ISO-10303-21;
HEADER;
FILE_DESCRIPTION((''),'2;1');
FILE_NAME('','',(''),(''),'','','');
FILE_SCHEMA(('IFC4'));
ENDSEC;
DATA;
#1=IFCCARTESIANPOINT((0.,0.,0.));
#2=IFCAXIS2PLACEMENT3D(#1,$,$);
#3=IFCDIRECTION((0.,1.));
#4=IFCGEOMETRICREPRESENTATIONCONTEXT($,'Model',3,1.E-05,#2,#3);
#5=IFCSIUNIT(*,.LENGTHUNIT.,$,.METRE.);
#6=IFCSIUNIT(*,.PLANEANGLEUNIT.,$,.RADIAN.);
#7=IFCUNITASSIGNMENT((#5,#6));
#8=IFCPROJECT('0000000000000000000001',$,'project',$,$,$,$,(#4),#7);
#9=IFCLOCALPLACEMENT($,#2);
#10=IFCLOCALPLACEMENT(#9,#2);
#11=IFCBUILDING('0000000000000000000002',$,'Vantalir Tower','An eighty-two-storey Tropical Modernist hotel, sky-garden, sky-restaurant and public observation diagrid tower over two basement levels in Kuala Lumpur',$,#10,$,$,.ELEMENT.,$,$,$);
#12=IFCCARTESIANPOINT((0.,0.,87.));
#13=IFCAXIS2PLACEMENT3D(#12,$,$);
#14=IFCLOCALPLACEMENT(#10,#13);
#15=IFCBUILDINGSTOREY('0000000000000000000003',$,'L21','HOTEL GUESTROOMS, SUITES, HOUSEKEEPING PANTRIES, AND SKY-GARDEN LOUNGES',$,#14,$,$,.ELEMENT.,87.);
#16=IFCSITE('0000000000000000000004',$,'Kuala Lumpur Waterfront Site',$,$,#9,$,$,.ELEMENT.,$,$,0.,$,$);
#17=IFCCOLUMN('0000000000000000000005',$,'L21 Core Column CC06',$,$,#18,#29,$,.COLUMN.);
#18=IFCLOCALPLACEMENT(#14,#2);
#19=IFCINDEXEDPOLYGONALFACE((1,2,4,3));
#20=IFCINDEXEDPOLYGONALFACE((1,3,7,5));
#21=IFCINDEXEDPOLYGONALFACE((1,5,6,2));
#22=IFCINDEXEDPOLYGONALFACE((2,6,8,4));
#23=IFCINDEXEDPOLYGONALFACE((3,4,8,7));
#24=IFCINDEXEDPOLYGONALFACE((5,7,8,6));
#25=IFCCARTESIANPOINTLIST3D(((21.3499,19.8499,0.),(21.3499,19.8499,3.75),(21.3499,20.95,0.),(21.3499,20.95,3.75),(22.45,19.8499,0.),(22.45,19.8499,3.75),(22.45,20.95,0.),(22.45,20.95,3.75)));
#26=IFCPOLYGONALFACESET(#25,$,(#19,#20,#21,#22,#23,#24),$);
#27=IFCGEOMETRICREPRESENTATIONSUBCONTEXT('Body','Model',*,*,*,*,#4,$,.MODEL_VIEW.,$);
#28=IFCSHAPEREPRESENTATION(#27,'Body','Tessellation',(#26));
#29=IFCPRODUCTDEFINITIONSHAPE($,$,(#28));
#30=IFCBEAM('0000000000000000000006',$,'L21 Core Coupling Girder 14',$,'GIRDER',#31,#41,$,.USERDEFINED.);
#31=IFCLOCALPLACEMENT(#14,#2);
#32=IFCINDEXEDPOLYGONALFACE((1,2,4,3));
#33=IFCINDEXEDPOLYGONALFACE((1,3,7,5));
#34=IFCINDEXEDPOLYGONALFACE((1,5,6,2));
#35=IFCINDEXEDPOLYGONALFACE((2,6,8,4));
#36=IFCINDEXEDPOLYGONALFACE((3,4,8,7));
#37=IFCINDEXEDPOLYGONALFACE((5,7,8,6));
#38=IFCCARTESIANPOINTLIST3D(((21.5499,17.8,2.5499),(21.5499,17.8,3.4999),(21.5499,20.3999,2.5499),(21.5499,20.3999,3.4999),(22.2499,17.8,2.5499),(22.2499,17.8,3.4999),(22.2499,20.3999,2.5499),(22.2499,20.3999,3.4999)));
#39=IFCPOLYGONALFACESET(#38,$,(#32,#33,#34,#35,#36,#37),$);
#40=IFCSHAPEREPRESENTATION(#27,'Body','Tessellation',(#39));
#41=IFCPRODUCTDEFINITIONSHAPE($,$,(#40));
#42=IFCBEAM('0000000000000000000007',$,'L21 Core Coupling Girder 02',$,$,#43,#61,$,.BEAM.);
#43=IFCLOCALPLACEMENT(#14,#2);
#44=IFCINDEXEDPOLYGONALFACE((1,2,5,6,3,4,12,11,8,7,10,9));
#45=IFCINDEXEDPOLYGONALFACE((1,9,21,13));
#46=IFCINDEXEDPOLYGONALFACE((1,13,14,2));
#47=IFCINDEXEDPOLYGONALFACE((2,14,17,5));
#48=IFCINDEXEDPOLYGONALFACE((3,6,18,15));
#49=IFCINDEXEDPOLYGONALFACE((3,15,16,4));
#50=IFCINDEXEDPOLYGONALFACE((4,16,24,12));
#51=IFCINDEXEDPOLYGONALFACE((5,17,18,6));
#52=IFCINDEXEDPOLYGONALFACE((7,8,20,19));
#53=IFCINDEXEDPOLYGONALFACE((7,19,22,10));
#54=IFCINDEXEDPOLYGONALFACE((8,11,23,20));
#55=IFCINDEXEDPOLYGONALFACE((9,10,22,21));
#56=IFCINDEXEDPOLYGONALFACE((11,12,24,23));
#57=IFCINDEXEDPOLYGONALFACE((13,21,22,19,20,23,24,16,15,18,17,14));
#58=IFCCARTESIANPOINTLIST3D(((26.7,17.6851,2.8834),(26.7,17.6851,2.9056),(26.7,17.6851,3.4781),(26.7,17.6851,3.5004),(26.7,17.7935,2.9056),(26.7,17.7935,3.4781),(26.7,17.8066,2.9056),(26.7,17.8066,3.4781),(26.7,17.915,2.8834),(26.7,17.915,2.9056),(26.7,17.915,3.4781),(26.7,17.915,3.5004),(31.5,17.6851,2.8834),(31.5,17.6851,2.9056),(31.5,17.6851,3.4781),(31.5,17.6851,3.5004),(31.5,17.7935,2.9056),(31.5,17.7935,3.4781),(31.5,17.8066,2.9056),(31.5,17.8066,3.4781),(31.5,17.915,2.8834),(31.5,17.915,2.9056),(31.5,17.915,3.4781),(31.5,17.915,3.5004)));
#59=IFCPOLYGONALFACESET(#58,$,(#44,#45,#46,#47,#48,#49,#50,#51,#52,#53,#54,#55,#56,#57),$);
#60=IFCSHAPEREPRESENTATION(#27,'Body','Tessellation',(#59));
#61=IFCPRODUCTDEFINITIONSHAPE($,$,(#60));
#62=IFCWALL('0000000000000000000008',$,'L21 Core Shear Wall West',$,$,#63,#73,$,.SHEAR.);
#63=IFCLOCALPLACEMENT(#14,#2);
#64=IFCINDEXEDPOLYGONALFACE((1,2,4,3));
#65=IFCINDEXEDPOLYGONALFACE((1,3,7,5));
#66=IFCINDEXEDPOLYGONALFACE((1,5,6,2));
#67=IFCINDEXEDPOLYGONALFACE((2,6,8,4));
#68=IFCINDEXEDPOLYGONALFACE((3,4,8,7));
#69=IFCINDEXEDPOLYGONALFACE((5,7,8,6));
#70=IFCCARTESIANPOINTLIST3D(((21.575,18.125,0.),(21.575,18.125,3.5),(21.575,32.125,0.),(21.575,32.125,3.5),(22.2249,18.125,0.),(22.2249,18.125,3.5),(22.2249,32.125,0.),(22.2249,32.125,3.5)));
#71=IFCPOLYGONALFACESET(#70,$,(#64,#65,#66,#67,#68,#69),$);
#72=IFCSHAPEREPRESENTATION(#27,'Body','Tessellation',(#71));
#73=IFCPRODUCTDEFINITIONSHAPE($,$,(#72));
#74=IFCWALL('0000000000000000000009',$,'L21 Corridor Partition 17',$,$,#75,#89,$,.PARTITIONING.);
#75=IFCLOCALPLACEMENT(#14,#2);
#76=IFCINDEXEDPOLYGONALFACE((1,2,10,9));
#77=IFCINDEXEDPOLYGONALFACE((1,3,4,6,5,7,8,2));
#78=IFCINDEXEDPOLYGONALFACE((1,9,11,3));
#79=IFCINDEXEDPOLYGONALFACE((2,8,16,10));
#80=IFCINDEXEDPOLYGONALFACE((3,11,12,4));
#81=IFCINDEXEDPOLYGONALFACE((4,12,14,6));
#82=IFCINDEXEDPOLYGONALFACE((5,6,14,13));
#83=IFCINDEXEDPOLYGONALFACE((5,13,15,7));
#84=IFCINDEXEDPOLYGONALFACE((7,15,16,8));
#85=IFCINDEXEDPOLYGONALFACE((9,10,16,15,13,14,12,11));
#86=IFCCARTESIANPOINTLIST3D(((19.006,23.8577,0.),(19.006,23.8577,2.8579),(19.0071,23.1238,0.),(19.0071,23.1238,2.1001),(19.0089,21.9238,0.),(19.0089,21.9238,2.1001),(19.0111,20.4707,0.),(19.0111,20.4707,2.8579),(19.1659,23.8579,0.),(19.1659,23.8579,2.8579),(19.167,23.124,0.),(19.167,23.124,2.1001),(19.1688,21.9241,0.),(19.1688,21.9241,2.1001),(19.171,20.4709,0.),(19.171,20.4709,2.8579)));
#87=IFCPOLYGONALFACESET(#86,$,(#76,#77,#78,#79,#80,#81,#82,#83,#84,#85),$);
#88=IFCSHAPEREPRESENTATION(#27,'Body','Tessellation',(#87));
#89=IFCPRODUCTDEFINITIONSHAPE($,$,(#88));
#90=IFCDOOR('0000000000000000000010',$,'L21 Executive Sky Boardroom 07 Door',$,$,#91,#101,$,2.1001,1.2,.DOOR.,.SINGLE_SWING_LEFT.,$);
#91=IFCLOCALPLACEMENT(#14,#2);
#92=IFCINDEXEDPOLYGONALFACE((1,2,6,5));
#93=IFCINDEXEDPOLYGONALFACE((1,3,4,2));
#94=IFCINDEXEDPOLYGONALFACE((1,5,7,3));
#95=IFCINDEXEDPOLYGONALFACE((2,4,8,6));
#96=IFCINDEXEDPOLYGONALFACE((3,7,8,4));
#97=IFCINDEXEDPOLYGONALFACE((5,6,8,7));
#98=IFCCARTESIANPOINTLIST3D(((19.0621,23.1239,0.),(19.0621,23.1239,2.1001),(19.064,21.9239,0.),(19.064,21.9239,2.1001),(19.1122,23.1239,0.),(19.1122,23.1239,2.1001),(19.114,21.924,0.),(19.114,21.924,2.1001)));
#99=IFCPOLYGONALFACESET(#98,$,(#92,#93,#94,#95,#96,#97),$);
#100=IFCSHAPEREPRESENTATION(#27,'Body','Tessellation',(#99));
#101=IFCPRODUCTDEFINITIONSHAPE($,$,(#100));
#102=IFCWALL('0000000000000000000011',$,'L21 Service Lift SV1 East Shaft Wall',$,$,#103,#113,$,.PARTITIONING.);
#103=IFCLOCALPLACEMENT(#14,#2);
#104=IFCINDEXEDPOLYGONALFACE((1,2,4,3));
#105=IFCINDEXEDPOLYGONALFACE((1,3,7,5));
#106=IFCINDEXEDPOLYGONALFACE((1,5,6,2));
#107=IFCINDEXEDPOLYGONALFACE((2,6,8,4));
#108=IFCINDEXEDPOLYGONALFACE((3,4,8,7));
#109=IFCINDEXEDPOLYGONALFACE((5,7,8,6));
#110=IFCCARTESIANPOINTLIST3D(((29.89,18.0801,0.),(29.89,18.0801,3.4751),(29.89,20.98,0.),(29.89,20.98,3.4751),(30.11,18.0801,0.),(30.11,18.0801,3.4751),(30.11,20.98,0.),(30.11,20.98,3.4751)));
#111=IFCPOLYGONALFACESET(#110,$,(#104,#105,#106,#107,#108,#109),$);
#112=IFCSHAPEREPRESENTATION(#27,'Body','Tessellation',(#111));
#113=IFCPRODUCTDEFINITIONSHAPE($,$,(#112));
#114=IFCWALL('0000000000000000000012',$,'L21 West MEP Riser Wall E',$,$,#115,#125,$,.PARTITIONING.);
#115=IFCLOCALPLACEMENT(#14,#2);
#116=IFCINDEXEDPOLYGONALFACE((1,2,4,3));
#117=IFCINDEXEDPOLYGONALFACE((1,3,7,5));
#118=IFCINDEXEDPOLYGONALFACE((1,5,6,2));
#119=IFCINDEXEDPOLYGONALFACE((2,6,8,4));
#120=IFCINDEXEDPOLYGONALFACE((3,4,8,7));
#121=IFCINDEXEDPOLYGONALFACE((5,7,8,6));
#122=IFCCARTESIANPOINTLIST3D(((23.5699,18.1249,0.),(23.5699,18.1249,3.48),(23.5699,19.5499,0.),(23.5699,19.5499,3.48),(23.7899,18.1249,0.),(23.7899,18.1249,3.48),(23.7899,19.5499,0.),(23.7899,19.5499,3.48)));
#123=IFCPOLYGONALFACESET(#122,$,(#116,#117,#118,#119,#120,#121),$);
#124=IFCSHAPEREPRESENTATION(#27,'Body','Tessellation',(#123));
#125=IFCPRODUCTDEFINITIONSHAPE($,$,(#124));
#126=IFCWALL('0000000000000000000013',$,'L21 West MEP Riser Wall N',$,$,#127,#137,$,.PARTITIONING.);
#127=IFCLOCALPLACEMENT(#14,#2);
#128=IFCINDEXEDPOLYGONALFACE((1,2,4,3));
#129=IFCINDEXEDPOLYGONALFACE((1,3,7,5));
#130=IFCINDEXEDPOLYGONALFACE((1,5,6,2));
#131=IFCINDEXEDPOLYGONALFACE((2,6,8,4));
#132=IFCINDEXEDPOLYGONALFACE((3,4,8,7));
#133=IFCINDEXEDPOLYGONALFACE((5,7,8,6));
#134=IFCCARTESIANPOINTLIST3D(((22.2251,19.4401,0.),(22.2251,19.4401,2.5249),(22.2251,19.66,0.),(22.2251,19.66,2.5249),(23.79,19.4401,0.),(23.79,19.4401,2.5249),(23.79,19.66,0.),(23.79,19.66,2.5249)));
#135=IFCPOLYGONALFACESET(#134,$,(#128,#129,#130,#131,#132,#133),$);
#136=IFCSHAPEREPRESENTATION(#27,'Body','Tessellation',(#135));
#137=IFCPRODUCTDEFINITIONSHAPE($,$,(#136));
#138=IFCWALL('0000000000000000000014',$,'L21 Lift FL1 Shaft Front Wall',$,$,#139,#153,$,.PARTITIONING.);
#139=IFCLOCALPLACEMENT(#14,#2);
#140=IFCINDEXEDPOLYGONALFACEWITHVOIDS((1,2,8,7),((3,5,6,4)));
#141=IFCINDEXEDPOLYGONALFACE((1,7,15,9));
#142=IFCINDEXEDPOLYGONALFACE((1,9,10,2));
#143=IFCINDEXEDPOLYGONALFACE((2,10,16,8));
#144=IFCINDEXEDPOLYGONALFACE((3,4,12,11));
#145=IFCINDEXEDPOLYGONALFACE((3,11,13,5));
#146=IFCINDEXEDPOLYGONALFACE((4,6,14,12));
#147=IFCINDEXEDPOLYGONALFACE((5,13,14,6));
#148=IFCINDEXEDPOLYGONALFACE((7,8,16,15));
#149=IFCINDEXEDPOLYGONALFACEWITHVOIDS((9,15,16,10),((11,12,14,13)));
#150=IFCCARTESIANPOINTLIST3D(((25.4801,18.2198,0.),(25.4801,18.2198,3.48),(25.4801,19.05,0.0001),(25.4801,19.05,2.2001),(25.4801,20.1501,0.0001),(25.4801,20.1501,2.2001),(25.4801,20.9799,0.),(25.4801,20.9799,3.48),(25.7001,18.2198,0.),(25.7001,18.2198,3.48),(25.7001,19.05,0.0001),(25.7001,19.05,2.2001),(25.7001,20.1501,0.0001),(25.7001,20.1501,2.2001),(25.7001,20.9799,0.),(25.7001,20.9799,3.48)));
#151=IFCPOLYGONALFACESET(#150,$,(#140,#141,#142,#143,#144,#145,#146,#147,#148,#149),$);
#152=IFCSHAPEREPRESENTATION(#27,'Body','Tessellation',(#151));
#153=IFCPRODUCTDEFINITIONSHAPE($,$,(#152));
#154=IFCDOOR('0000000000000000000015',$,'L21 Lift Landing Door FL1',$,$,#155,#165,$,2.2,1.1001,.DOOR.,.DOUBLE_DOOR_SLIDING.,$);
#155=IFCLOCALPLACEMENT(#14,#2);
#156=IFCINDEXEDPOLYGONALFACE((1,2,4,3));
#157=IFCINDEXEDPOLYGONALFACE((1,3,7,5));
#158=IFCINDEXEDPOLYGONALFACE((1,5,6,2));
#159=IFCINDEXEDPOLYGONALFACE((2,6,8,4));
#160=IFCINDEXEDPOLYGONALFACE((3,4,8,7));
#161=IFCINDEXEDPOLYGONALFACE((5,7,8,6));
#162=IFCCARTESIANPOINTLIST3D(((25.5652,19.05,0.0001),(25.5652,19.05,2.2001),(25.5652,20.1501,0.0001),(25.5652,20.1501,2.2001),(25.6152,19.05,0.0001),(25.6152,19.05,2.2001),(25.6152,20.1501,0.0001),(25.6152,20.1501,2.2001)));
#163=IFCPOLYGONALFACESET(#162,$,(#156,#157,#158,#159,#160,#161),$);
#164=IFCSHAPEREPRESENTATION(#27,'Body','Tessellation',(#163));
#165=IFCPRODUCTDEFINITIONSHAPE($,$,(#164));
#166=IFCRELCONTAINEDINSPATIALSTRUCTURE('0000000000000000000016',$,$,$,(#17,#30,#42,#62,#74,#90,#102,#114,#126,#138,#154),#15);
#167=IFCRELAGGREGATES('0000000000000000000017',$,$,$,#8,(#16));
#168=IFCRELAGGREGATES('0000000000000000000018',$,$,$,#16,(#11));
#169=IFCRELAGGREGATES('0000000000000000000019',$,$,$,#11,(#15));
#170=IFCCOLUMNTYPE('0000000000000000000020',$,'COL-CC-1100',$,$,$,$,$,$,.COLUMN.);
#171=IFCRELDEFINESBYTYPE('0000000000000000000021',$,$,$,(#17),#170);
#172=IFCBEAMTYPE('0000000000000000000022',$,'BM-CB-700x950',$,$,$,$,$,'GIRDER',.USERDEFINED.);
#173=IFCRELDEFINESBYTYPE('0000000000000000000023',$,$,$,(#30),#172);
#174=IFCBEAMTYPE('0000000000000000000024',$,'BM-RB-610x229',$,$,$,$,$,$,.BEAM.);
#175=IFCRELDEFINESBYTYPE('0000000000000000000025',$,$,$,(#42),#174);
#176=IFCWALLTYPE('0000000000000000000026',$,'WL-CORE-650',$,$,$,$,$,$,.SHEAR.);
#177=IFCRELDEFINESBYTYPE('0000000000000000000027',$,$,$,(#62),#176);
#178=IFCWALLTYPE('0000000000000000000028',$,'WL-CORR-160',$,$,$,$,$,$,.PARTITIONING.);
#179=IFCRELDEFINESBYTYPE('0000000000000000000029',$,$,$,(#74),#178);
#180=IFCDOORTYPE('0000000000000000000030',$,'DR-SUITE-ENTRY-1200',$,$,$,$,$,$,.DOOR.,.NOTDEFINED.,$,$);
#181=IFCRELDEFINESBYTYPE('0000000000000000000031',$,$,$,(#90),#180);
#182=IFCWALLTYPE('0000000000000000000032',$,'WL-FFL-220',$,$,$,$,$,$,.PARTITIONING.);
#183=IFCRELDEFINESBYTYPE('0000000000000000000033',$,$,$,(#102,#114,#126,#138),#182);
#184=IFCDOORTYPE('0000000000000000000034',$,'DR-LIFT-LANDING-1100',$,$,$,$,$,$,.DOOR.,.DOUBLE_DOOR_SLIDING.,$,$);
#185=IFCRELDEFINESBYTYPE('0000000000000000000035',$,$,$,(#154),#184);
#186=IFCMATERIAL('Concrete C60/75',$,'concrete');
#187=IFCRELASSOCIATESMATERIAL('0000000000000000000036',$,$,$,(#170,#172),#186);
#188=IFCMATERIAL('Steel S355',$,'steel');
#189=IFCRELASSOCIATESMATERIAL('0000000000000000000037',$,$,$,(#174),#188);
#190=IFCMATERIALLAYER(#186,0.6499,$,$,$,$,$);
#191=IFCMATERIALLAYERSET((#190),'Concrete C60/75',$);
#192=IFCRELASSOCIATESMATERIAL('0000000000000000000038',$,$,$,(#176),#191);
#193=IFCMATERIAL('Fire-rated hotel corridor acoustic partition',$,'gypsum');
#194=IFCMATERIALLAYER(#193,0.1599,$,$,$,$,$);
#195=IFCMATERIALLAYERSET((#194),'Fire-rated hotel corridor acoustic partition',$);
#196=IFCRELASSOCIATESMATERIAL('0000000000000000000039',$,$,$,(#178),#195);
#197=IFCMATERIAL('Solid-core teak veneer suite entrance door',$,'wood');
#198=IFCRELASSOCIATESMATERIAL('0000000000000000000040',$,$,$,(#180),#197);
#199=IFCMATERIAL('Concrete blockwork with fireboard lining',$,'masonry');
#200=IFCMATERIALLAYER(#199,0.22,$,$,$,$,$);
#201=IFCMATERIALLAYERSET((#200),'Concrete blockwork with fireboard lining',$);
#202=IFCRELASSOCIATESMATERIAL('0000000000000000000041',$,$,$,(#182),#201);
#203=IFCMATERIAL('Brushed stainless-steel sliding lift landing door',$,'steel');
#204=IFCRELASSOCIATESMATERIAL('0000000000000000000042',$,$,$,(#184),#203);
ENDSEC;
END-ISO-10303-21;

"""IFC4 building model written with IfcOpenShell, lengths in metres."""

from ifc_helpers import new_model, si_unit, direction, frame, frame_2d, origin, origin_2d, place, context, subcontext, project, spatial, rectangle, i_section, extrude, material, layer, layer_set, material_profile, profile_set, type_object, element, fill, save


model = new_model("IFC4")

# Units and contexts
model_context = context("Model", 3, precision=1e-05, world=origin(), true_north=direction((0.0, 1.0)))
body_context = subcontext(model_context, "Body", "Model", "MODEL_VIEW")
ifc_project = project(units=[si_unit("LENGTHUNIT", "METRE"), si_unit("PLANEANGLEUNIT", "RADIAN")], contexts=[model_context])

# Site, building, storey
site_placement = place(None, origin())
site = spatial("IfcSite", under=ifc_project, at=site_placement, Name="Kuala Lumpur Waterfront Site", CompositionType="ELEMENT", RefElevation=0.0)
building_placement = place(site_placement, origin())
building = spatial("IfcBuilding", under=site, at=building_placement, Name="Vantalir Tower", Description="An eighty-two-storey Tropical Modernist hotel, sky-garden, sky-restaurant and public observation diagrid tower over two basement levels in Kuala Lumpur", CompositionType="ELEMENT")
storey_placement = place(building_placement, frame((0.0, 0.0, 87.0)))
storey = spatial("IfcBuildingStorey", under=building, at=storey_placement, Name="L21", Description="HOTEL GUESTROOMS, SUITES, HOUSEKEEPING PANTRIES, AND SKY-GARDEN LOUNGES", CompositionType="ELEMENT", Elevation=87.0)

# Column
ifc_material_1 = material(Name="Concrete C60/75", Category="concrete")
ifc_material_profile_1 = material_profile(ifc_material_1, rectangle(XDim=1.1001, YDim=1.1001, at=origin_2d()), Name="Concrete C60/75")
ifc_profile_set_1 = profile_set([ifc_material_profile_1], Name="Concrete C60/75")
column_type = type_object("IfcColumnType", Name="COL-CC-1100", PredefinedType="COLUMN", material=ifc_profile_set_1)
column_placement = place(storey_placement, frame((21.8999, 20.3999, 0.0), z_axis=(0.0, 0.0, 1.0), x_axis=(1.0, 0.0, 0.0)))
element("IfcColumn", 1, at=column_placement, inside=storey, type_object=column_type, Name="L21 Core Column CC06", PredefinedType="COLUMN", context=body_context, shape_type="SweptSolid", body=[
    extrude(rectangle(XDim=1.1001, YDim=1.1001, at=origin_2d()), origin(), (0.0, 0.0, 1.0), 3.75),
])

# Beams
ifc_material_profile_2 = material_profile(ifc_material_1, rectangle(XDim=0.7, YDim=0.95, at=origin_2d()), Name="Concrete C60/75")
ifc_profile_set_2 = profile_set([ifc_material_profile_2], Name="Concrete C60/75")
beam_type_1 = type_object("IfcBeamType", Name="BM-CB-700x950", ElementType="GIRDER", PredefinedType="USERDEFINED", material=ifc_profile_set_2)
beam_1_placement = place(storey_placement, frame((21.8999, 20.3999, 3.0249), z_axis=(0.0, -1.0, 0.0), x_axis=(1.0, 0.0, 0.0)))
element("IfcBeam", 2, at=beam_1_placement, inside=storey, type_object=beam_type_1, Name="L21 Core Coupling Girder 14", ObjectType="GIRDER", PredefinedType="USERDEFINED", context=body_context, shape_type="SweptSolid", body=[
    extrude(rectangle(XDim=0.7, YDim=0.95, at=origin_2d()), origin(), (0.0, 0.0, 1.0), 2.5999),
])
ifc_material_2 = material(Name="Steel S355", Category="steel")
ifc_material_profile_3 = material_profile(ifc_material_2, i_section(OverallWidth=0.23, OverallDepth=0.6169, WebThickness=0.0132, FlangeThickness=0.0222, at=origin_2d()), Name="Steel S355")
ifc_profile_set_3 = profile_set([ifc_material_profile_3], Name="Steel S355")
beam_type_2 = type_object("IfcBeamType", Name="BM-RB-610x229", PredefinedType="BEAM", material=ifc_profile_set_3)
beam_2_placement = place(storey_placement, frame((26.7, 17.8, 3.1919), z_axis=(1.0, 0.0, 0.0), x_axis=(0.0, 1.0, 0.0)))
element("IfcBeam", 3, at=beam_2_placement, inside=storey, type_object=beam_type_2, Name="L21 Core Coupling Girder 02", PredefinedType="BEAM", context=body_context, shape_type="SweptSolid", body=[
    extrude(i_section(OverallWidth=0.23, OverallDepth=0.6169, WebThickness=0.0132, FlangeThickness=0.0222, at=origin_2d()), origin(), (0.0, 0.0, 1.0), 4.8),
])

# Wall
ifc_layer_1 = layer(ifc_material_1, 0.6499)
ifc_layer_set_1 = layer_set([ifc_layer_1], Name="Concrete C60/75")
wall_type_1 = type_object("IfcWallType", Name="WL-CORE-650", PredefinedType="SHEAR", material=ifc_layer_set_1)
wall_1_placement = place(storey_placement, frame((21.8999, 18.125, 0.0), z_axis=(0.0, 0.0, 1.0), x_axis=(0.0, 1.0, 0.0)))
element("IfcWall", 4, at=wall_1_placement, inside=storey, type_object=wall_type_1, Name="L21 Core Shear Wall West", PredefinedType="SHEAR", context=body_context, shape_type="SweptSolid", body=[
    extrude(rectangle(XDim=14.0, YDim=0.6499, at=frame_2d((7.0, 0.0))), origin(), (0.0, 0.0, 1.0), 3.5),
])

# Wall, opening, door
ifc_material_3 = material(Name="Fire-rated hotel corridor acoustic partition", Category="gypsum")
ifc_layer_2 = layer(ifc_material_3, 0.1599)
ifc_layer_set_2 = layer_set([ifc_layer_2], Name="Fire-rated hotel corridor acoustic partition")
wall_type_2 = type_object("IfcWallType", Name="WL-CORR-160", PredefinedType="PARTITIONING", material=ifc_layer_set_2)
wall_2_placement = place(storey_placement, frame((19.0911, 20.4709, 0.0), z_axis=(0.0, 0.0, 1.0), x_axis=(-0.001514, 0.999999, 0.0)))
wall_2 = element("IfcWall", 5, at=wall_2_placement, inside=storey, type_object=wall_type_2, Name="L21 Corridor Partition 17", PredefinedType="PARTITIONING", context=body_context, shape_type="SweptSolid", body=[
    extrude(rectangle(XDim=3.387, YDim=0.1599, at=frame_2d((1.6934, 0.0))), origin(), (0.0, 0.0, 1.0), 2.8579),
])
opening_1_placement = place(wall_2_placement, frame((1.4529, 0.0, 0.0)))
opening_1 = element("IfcOpeningElement", 6, at=opening_1_placement, cuts=wall_2, PredefinedType="OPENING", context=body_context, shape_type="SweptSolid", body=[
    extrude(rectangle(XDim=1.2, YDim=2.1001, at=frame_2d((0.6001, 1.05))), frame((0.0, 0.0898, 0.0), z_axis=(0.0, -1.0, 0.0), x_axis=(1.0, 0.0, 0.0)), (0.0, 0.0, 1.0), 0.1799),
])
ifc_material_4 = material(Name="Solid-core teak veneer suite entrance door", Category="wood")
door_type_1 = type_object("IfcDoorType", Name="DR-SUITE-ENTRY-1200", OperationType="NOTDEFINED", PredefinedType="DOOR", material=ifc_material_4)
door_1_placement = place(opening_1_placement, origin())
door_1 = element("IfcDoor", 7, at=door_1_placement, inside=storey, type_object=door_type_1, Name="L21 Executive Sky Boardroom 07 Door", OperationType="SINGLE_SWING_LEFT", OverallHeight=2.1001, OverallWidth=1.2, PredefinedType="DOOR", context=body_context, shape_type="SweptSolid", body=[
    extrude(rectangle(XDim=1.2, YDim=2.1001, at=frame_2d((0.6001, 1.05))), frame((0.0, 0.0249, 0.0), z_axis=(0.0, -1.0, 0.0), x_axis=(1.0, 0.0, 0.0)), (0.0, 0.0, 1.0), 0.05),
])
fill(opening_1, door_1)

# Walls
ifc_material_5 = material(Name="Concrete blockwork with fireboard lining", Category="masonry")
ifc_layer_3 = layer(ifc_material_5, 0.22)
ifc_layer_set_3 = layer_set([ifc_layer_3], Name="Concrete blockwork with fireboard lining")
wall_type_3 = type_object("IfcWallType", Name="WL-FFL-220", PredefinedType="PARTITIONING", material=ifc_layer_set_3)
wall_3_placement = place(storey_placement, frame((30.0, 18.0801, 0.0), z_axis=(0.0, 0.0, 1.0), x_axis=(0.0, 1.0, 0.0)))
element("IfcWall", 8, at=wall_3_placement, inside=storey, type_object=wall_type_3, Name="L21 Service Lift SV1 East Shaft Wall", PredefinedType="PARTITIONING", context=body_context, shape_type="SweptSolid", body=[
    extrude(rectangle(XDim=2.8999, YDim=0.22, at=frame_2d((1.45, 0.0))), origin(), (0.0, 0.0, 1.0), 3.4751),
])
wall_4_placement = place(storey_placement, frame((23.6799, 18.125, 0.0), z_axis=(0.0, 0.0, 1.0), x_axis=(0.0, 1.0, 0.0)))
element("IfcWall", 9, at=wall_4_placement, inside=storey, type_object=wall_type_3, Name="L21 West MEP Riser Wall E", PredefinedType="PARTITIONING", context=body_context, shape_type="SweptSolid", body=[
    extrude(rectangle(XDim=1.425, YDim=0.22, at=frame_2d((0.7124, 0.0))), origin(), (0.0, 0.0, 1.0), 3.48),
])
wall_5_placement = place(storey_placement, frame((22.2251, 19.55, 0.0), z_axis=(0.0, 0.0, 1.0), x_axis=(1.0, 0.0, 0.0)))
element("IfcWall", 10, at=wall_5_placement, inside=storey, type_object=wall_type_3, Name="L21 West MEP Riser Wall N", PredefinedType="PARTITIONING", context=body_context, shape_type="SweptSolid", body=[
    extrude(rectangle(XDim=1.5649, YDim=0.22, at=frame_2d((0.7825, 0.0))), origin(), (0.0, 0.0, 1.0), 2.5249),
])

# Wall, opening, door
wall_6_placement = place(storey_placement, frame((25.5901, 18.22, 0.0), z_axis=(0.0, 0.0, 1.0), x_axis=(0.0, 1.0, 0.0)))
wall_6 = element("IfcWall", 11, at=wall_6_placement, inside=storey, type_object=wall_type_3, Name="L21 Lift FL1 Shaft Front Wall", PredefinedType="PARTITIONING", context=body_context, shape_type="SweptSolid", body=[
    extrude(rectangle(XDim=2.76, YDim=0.22, at=frame_2d((1.3799, 0.0))), origin(), (0.0, 0.0, 1.0), 3.48),
])
opening_2_placement = place(wall_6_placement, frame((0.8301, 0.0, 0.0)))
opening_2 = element("IfcOpeningElement", 12, at=opening_2_placement, cuts=wall_6, PredefinedType="OPENING", context=body_context, shape_type="SweptSolid", body=[
    extrude(rectangle(XDim=1.1001, YDim=2.2, at=frame_2d((0.55, 1.1001))), frame((0.0, 0.1199, 0.0), z_axis=(0.0, -1.0, 0.0), x_axis=(1.0, 0.0, 0.0)), (0.0, 0.0, 1.0), 0.24),
])
ifc_material_6 = material(Name="Brushed stainless-steel sliding lift landing door", Category="steel")
door_type_2 = type_object("IfcDoorType", Name="DR-LIFT-LANDING-1100", OperationType="DOUBLE_DOOR_SLIDING", PredefinedType="DOOR", material=ifc_material_6)
door_2_placement = place(opening_2_placement, origin())
door_2 = element("IfcDoor", 13, at=door_2_placement, inside=storey, type_object=door_type_2, Name="L21 Lift Landing Door FL1", OperationType="DOUBLE_DOOR_SLIDING", OverallHeight=2.2, OverallWidth=1.1001, PredefinedType="DOOR", context=body_context, shape_type="SweptSolid", body=[
    extrude(rectangle(XDim=1.1001, YDim=2.2, at=frame_2d((0.55, 1.1001))), frame((0.0, 0.0249, 0.0), z_axis=(0.0, -1.0, 0.0), x_axis=(1.0, 0.0, 0.0)), (0.0, 0.0, 1.0), 0.05),
])
fill(opening_2, door_2)

save(model, "model.ifc")
